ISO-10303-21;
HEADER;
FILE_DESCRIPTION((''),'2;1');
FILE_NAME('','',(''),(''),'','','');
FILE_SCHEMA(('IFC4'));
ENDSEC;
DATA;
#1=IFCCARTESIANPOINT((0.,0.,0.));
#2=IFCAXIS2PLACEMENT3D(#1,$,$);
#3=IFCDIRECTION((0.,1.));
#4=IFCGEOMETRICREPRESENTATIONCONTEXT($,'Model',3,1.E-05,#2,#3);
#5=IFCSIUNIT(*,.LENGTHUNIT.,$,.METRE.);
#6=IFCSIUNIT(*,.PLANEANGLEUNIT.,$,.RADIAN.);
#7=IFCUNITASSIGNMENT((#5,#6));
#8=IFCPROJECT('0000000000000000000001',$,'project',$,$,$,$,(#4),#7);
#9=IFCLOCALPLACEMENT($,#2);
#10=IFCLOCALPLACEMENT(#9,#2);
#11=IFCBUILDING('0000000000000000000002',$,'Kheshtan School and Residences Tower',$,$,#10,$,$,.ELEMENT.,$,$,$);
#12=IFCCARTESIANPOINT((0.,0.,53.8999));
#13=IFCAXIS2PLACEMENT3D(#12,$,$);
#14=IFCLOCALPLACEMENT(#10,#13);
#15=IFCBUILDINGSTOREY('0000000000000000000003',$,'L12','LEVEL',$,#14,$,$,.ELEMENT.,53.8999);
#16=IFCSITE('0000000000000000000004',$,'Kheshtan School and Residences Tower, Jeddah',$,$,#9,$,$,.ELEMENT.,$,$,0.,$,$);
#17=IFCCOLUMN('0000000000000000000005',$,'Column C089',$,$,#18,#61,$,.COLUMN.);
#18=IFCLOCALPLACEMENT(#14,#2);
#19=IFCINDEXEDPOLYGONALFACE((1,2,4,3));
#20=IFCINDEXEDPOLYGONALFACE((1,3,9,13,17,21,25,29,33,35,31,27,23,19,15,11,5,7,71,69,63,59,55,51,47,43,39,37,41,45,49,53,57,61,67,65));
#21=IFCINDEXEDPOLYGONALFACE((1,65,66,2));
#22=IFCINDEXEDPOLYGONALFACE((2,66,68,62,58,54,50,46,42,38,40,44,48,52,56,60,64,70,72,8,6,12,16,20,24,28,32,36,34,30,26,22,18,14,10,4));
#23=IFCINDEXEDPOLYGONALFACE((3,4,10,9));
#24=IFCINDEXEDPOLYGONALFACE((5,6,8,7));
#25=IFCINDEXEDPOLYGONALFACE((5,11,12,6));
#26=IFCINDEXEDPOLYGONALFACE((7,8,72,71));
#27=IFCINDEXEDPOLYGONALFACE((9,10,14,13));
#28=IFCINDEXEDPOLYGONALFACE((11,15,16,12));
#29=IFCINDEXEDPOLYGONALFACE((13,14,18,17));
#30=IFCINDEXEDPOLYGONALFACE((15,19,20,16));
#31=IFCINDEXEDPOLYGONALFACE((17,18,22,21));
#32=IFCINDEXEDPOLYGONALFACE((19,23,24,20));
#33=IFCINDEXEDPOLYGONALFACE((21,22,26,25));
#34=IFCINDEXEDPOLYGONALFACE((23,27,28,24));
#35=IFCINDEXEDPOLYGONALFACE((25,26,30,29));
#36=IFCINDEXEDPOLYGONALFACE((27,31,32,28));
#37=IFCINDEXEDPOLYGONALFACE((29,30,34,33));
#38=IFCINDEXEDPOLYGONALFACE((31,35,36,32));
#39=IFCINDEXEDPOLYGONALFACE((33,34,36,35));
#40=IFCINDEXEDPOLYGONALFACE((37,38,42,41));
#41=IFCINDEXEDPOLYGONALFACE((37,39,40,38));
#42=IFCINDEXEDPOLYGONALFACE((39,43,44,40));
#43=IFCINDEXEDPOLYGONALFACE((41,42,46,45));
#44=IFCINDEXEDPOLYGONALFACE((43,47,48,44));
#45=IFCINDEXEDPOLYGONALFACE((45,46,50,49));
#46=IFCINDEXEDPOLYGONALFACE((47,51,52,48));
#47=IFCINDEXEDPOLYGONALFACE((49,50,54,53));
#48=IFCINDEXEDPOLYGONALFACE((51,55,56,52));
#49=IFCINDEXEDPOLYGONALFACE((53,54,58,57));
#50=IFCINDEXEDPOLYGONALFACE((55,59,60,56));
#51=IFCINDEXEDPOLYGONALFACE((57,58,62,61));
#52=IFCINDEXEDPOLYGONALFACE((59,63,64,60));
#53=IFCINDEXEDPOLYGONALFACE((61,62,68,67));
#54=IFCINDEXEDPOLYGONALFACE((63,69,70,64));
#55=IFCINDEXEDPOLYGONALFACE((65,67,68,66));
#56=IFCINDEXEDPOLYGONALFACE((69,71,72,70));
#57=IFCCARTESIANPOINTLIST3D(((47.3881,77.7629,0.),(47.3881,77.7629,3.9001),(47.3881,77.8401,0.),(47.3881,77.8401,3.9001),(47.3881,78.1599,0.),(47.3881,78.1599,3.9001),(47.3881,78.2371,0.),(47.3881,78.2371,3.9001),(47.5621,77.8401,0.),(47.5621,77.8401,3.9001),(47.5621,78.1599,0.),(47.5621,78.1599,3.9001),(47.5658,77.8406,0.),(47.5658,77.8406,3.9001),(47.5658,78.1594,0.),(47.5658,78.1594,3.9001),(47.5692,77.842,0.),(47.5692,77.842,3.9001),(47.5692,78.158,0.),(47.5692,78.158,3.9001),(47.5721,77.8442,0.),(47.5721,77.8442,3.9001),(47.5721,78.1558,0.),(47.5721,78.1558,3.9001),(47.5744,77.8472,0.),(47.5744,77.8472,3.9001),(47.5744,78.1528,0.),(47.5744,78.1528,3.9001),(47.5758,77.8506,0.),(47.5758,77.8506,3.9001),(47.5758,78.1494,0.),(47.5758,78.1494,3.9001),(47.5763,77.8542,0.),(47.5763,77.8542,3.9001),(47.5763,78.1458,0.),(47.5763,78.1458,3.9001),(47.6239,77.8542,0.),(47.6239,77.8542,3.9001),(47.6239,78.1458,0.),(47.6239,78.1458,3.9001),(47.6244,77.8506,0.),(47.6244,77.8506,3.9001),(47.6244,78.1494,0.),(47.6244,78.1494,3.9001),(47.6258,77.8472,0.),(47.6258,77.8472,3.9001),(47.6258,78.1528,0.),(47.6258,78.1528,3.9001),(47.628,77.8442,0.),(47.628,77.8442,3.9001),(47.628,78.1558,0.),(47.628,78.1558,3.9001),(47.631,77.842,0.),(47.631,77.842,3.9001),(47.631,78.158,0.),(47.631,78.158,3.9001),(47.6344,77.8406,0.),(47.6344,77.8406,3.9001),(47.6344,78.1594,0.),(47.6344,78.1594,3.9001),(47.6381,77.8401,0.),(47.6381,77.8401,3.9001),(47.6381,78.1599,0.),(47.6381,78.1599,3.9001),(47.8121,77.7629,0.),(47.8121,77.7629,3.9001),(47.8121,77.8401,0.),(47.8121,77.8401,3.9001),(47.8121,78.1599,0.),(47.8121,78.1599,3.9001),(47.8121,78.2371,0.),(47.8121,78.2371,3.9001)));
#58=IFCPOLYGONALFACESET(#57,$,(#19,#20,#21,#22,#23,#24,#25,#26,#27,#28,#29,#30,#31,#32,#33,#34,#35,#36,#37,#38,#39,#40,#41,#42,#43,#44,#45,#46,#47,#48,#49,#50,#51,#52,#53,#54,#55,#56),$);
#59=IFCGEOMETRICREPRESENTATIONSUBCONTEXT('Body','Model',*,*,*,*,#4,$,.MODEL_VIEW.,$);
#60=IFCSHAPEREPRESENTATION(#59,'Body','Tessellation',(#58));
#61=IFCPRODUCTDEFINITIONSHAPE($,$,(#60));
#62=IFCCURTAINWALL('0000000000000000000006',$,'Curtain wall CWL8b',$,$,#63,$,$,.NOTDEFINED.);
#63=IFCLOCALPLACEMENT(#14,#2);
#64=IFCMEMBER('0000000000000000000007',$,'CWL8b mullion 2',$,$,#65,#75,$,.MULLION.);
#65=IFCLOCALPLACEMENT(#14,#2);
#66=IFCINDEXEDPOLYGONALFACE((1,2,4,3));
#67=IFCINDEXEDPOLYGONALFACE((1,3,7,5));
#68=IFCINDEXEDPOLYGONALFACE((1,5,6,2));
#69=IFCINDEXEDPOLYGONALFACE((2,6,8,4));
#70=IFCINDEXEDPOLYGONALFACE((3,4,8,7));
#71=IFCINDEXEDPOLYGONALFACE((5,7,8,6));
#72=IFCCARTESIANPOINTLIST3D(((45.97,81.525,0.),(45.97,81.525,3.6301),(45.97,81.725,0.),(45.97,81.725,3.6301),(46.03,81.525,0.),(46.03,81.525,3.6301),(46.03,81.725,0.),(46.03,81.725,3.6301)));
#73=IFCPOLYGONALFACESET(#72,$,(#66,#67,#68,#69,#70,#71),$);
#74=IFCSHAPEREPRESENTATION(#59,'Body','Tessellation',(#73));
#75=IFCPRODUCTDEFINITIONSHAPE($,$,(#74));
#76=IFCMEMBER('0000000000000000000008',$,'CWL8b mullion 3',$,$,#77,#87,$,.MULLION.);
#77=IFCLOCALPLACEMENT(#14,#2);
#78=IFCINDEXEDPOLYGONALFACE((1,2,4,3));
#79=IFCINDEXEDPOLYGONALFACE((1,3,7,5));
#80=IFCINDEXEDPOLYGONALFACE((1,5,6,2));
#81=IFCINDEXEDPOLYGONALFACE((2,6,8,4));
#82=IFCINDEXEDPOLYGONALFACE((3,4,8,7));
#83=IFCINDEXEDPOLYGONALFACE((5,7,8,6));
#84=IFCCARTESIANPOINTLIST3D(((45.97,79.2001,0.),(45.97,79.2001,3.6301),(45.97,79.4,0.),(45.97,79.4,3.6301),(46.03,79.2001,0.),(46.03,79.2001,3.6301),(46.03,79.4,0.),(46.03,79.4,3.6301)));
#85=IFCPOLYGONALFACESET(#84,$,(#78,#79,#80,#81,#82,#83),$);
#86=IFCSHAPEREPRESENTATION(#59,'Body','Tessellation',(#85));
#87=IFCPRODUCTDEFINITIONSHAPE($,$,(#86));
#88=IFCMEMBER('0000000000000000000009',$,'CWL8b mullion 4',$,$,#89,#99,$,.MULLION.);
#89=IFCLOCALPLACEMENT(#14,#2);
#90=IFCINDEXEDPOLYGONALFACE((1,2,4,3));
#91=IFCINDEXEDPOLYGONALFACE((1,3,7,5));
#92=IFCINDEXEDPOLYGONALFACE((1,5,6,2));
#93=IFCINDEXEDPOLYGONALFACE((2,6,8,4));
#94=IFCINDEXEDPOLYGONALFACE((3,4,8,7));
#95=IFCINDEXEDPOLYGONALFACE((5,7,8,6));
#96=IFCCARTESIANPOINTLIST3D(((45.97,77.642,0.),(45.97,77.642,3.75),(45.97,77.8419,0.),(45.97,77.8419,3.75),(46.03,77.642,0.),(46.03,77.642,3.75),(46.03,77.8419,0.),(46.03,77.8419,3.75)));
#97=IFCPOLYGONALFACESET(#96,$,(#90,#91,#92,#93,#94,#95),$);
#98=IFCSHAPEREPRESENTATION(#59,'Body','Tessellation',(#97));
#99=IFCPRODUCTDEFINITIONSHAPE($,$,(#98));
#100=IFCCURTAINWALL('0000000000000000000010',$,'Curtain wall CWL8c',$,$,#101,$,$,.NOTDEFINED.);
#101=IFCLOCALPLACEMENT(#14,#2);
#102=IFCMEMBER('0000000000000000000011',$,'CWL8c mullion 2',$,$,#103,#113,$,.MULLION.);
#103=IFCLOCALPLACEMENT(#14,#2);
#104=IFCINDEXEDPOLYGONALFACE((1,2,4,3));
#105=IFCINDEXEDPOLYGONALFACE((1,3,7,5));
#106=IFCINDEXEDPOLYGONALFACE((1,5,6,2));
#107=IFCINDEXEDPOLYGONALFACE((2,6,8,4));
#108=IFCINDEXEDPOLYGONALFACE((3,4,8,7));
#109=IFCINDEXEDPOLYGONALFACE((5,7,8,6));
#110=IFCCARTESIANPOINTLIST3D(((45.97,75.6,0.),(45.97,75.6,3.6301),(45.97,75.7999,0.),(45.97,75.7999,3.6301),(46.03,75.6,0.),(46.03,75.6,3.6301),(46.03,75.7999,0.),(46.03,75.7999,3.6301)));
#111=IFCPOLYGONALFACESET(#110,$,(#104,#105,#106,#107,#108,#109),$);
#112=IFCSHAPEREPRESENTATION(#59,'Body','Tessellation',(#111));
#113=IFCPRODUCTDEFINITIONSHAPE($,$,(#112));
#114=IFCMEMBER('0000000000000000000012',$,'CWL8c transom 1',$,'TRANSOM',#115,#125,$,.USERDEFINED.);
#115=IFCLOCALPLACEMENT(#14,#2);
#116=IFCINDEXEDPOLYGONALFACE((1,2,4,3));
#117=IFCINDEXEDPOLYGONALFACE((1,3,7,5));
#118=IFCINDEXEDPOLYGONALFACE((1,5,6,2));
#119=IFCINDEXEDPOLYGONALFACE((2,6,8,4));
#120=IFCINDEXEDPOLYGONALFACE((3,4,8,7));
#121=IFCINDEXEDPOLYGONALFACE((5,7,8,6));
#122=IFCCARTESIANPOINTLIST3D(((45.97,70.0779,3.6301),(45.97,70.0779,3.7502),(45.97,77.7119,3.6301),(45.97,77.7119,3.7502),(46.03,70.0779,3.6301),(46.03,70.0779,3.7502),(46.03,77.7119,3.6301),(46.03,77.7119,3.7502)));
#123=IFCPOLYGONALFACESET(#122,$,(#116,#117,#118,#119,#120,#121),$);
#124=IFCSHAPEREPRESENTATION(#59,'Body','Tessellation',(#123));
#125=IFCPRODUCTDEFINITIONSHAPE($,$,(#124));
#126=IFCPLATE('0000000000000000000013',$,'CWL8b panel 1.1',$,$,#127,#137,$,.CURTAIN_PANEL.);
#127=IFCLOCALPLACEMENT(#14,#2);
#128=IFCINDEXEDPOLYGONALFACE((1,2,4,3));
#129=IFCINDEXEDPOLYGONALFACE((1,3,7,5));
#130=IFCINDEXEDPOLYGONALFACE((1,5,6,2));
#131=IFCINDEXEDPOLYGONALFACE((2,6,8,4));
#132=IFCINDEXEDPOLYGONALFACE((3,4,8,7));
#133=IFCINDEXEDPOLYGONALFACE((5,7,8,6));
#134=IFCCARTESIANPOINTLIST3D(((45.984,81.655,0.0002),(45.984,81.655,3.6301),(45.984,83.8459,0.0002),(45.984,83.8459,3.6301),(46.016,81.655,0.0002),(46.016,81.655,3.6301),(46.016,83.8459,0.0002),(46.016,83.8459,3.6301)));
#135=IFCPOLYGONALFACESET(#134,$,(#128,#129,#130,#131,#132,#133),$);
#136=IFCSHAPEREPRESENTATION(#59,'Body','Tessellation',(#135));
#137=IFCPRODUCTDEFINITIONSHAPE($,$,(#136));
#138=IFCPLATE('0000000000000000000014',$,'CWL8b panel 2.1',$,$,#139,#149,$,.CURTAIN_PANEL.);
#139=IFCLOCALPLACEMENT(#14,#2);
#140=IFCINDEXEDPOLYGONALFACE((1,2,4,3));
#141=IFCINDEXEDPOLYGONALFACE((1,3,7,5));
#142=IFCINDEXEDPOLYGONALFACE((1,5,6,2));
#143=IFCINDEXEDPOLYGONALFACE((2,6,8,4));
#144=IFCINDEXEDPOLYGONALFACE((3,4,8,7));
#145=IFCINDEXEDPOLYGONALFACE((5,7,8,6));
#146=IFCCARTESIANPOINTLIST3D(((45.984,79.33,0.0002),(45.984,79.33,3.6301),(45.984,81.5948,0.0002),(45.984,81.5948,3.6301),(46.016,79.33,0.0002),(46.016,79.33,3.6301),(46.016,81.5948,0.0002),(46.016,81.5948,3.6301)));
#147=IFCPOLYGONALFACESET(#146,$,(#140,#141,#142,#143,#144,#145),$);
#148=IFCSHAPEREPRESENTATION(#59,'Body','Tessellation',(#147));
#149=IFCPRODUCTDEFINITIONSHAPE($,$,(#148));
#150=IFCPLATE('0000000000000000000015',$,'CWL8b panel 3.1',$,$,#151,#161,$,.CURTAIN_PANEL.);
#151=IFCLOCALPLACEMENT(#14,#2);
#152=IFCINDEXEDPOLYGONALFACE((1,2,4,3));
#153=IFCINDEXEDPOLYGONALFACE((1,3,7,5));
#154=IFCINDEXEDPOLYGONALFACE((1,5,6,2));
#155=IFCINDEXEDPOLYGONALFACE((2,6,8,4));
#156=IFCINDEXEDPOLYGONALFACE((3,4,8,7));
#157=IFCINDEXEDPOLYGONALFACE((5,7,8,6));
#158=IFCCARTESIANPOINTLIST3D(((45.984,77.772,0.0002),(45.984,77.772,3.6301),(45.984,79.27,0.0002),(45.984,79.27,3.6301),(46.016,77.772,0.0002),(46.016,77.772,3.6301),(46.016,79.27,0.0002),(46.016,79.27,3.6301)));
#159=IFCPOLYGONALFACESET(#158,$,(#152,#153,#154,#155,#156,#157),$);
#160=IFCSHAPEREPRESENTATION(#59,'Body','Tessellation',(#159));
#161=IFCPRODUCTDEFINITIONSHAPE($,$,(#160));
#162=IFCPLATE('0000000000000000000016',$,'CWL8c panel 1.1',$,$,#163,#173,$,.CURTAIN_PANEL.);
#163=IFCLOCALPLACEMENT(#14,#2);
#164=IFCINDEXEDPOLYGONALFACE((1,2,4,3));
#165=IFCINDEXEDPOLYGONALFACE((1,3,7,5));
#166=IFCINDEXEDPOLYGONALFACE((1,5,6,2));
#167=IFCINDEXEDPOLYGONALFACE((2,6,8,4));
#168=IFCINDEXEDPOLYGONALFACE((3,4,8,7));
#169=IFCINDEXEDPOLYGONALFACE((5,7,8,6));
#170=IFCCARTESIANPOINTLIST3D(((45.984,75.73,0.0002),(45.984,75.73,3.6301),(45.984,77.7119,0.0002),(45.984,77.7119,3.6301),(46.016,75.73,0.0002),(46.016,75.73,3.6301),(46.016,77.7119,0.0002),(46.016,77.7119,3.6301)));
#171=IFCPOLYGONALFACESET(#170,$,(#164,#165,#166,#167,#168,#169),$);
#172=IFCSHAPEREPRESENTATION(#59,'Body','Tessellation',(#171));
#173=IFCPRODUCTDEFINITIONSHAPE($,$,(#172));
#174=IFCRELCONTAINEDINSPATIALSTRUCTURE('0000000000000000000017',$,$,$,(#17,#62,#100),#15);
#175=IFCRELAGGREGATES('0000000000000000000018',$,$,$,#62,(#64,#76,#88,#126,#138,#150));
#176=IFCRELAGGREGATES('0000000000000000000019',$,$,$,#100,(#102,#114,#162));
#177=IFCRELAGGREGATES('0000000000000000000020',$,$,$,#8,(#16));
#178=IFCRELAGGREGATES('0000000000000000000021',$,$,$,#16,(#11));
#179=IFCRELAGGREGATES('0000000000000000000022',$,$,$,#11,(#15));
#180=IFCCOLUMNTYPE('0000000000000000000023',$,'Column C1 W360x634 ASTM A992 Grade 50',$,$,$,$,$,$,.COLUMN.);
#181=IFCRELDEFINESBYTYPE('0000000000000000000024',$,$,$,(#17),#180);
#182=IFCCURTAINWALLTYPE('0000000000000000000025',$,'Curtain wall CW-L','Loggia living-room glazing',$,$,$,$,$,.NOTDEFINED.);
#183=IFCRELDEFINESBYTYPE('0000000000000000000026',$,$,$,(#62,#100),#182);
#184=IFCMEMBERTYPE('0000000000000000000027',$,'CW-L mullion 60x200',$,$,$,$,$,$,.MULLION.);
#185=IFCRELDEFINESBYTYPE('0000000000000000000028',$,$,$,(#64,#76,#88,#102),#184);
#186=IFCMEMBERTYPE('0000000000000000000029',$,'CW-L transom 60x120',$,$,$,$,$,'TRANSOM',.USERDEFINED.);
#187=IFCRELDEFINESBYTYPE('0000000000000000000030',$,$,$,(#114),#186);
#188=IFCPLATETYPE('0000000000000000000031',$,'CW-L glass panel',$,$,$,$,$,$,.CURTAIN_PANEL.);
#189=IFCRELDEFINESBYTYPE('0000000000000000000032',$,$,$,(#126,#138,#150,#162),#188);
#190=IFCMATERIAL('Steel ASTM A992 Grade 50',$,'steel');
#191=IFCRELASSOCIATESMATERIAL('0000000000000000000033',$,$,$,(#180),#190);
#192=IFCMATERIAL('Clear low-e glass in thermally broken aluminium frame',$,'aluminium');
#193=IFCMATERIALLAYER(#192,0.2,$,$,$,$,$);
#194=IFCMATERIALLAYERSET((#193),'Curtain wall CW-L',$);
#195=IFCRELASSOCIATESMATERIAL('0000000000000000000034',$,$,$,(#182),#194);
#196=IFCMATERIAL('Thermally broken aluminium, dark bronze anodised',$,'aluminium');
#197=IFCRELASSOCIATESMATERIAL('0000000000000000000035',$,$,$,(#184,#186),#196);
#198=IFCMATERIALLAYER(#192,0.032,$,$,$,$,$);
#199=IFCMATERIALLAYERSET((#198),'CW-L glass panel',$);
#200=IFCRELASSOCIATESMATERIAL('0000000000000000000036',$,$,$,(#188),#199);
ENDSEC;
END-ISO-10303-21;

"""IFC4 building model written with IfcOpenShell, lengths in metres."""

from ifc_helpers import new_model, si_unit, direction, frame, origin, origin_2d, place, context, subcontext, project, spatial, rectangle, i_section, extrude, material, layer, layer_set, material_profile, profile_set, type_object, element, aggregate, save


model = new_model("IFC4")

# Units and contexts
model_context = context("Model", 3, precision=1e-05, world=origin(), true_north=direction((0.0, 1.0)))
body_context = subcontext(model_context, "Body", "Model", "MODEL_VIEW")
ifc_project = project(units=[si_unit("LENGTHUNIT", "METRE"), si_unit("PLANEANGLEUNIT", "RADIAN")], contexts=[model_context])

# Site, building, storey
site_placement = place(None, origin())
site = spatial("IfcSite", under=ifc_project, at=site_placement, Name="Kheshtan School and Residences Tower, Jeddah", CompositionType="ELEMENT", RefElevation=0.0)
building_placement = place(site_placement, origin())
building = spatial("IfcBuilding", under=site, at=building_placement, Name="Kheshtan School and Residences Tower", CompositionType="ELEMENT")
storey_placement = place(building_placement, frame((0.0, 0.0, 53.8999)))
storey = spatial("IfcBuildingStorey", under=building, at=storey_placement, Name="L12", Description="LEVEL", CompositionType="ELEMENT", Elevation=53.8999)

# Column
ifc_material_1 = material(Name="Steel ASTM A992 Grade 50", Category="steel")
ifc_material_profile_1 = material_profile(ifc_material_1, i_section(OverallWidth=0.4241, OverallDepth=0.4741, WebThickness=0.0476, FlangeThickness=0.0771, FilletRadius=0.0142, at=origin_2d()), Name="W360x634")
ifc_profile_set_1 = profile_set([ifc_material_profile_1], Name="Steel ASTM A992 Grade 50")
column_type = type_object("IfcColumnType", Name="Column C1 W360x634 ASTM A992 Grade 50", PredefinedType="COLUMN", material=ifc_profile_set_1)
column_placement = place(storey_placement, frame((47.6001, 78.0, 0.0), z_axis=(0.0, 0.0, 1.0), x_axis=(1.0, 0.0, 0.0)))
element("IfcColumn", 1, at=column_placement, inside=storey, type_object=column_type, Name="Column C089", PredefinedType="COLUMN", context=body_context, shape_type="SweptSolid", body=[
    extrude(i_section(OverallWidth=0.4241, OverallDepth=0.4741, WebThickness=0.0476, FlangeThickness=0.0771, FilletRadius=0.0142, at=origin_2d()), origin(), (0.0, 0.0, 1.0), 3.9001),
])

# Curtain walls, members
ifc_material_2 = material(Name="Clear low-e glass in thermally broken aluminium frame", Category="aluminium")
ifc_layer_1 = layer(ifc_material_2, 0.2)
ifc_layer_set_1 = layer_set([ifc_layer_1], Name="Curtain wall CW-L")
curtain_wall_type = type_object("IfcCurtainWallType", Name="Curtain wall CW-L", Description="Loggia living-room glazing", PredefinedType="NOTDEFINED", material=ifc_layer_set_1)
curtain_wall_1_placement = place(storey_placement, origin())
curtain_wall_1 = element("IfcCurtainWall", 2, at=curtain_wall_1_placement, inside=storey, type_object=curtain_wall_type, Name="Curtain wall CWL8b", PredefinedType="NOTDEFINED")
ifc_material_3 = material(Name="Thermally broken aluminium, dark bronze anodised", Category="aluminium")
ifc_material_profile_2 = material_profile(ifc_material_3, rectangle(XDim=0.0601, YDim=0.2, at=origin_2d()), Name="CW-L mullion 60x200")
ifc_profile_set_2 = profile_set([ifc_material_profile_2], Name="Thermally broken aluminium, dark bronze anodised")
member_type_1 = type_object("IfcMemberType", Name="CW-L mullion 60x200", PredefinedType="MULLION", material=ifc_profile_set_2)
member_1_placement = place(storey_placement, frame((46.0, 81.625, 0.0), z_axis=(0.0, 0.0, 1.0), x_axis=(1.0, 0.0, 0.0)))
member_1 = element("IfcMember", 3, at=member_1_placement, type_object=member_type_1, Name="CWL8b mullion 2", PredefinedType="MULLION", context=body_context, shape_type="SweptSolid", body=[
    extrude(rectangle(XDim=0.0601, YDim=0.2, at=origin_2d()), origin(), (0.0, 0.0, 1.0), 3.6301),
])
member_2_placement = place(storey_placement, frame((46.0, 79.3, 0.0), z_axis=(0.0, 0.0, 1.0), x_axis=(1.0, 0.0, 0.0)))
member_2 = element("IfcMember", 4, at=member_2_placement, type_object=member_type_1, Name="CWL8b mullion 3", PredefinedType="MULLION", context=body_context, shape_type="SweptSolid", body=[
    extrude(rectangle(XDim=0.0601, YDim=0.2, at=origin_2d()), origin(), (0.0, 0.0, 1.0), 3.6301),
])
member_3_placement = place(storey_placement, frame((46.0, 77.7419, 0.0), z_axis=(0.0, 0.0, 1.0), x_axis=(1.0, 0.0, 0.0)))
member_3 = element("IfcMember", 5, at=member_3_placement, type_object=member_type_1, Name="CWL8b mullion 4", PredefinedType="MULLION", context=body_context, shape_type="SweptSolid", body=[
    extrude(rectangle(XDim=0.0601, YDim=0.2, at=origin_2d()), origin(), (0.0, 0.0, 1.0), 3.75),
])
curtain_wall_2_placement = place(storey_placement, origin())
curtain_wall_2 = element("IfcCurtainWall", 6, at=curtain_wall_2_placement, inside=storey, type_object=curtain_wall_type, Name="Curtain wall CWL8c", PredefinedType="NOTDEFINED")
member_4_placement = place(storey_placement, frame((46.0, 75.7, 0.0), z_axis=(0.0, 0.0, 1.0), x_axis=(1.0, 0.0, 0.0)))
member_4 = element("IfcMember", 7, at=member_4_placement, type_object=member_type_1, Name="CWL8c mullion 2", PredefinedType="MULLION", context=body_context, shape_type="SweptSolid", body=[
    extrude(rectangle(XDim=0.0601, YDim=0.2, at=origin_2d()), origin(), (0.0, 0.0, 1.0), 3.6301),
])
ifc_material_profile_3 = material_profile(ifc_material_3, rectangle(XDim=0.0601, YDim=0.1201, at=origin_2d()), Name="CW-L transom 60x120")
ifc_profile_set_3 = profile_set([ifc_material_profile_3], Name="Thermally broken aluminium, dark bronze anodised")
member_type_2 = type_object("IfcMemberType", Name="CW-L transom 60x120", ElementType="TRANSOM", PredefinedType="USERDEFINED", material=ifc_profile_set_3)
member_5_placement = place(storey_placement, frame((46.0, 77.7119, 3.6902), z_axis=(0.0, -1.0, 0.0), x_axis=(1.0, 0.0, 0.0)))
member_5 = element("IfcMember", 8, at=member_5_placement, type_object=member_type_2, Name="CWL8c transom 1", ObjectType="TRANSOM", PredefinedType="USERDEFINED", context=body_context, shape_type="SweptSolid", body=[
    extrude(rectangle(XDim=0.0601, YDim=0.1201, at=origin_2d()), origin(), (0.0, 0.0, 1.0), 7.634),
])

# Plates
ifc_layer_2 = layer(ifc_material_2, 0.032)
ifc_layer_set_2 = layer_set([ifc_layer_2], Name="CW-L glass panel")
plate_type = type_object("IfcPlateType", Name="CW-L glass panel", PredefinedType="CURTAIN_PANEL", material=ifc_layer_set_2)
plate_1_placement = place(storey_placement, frame((46.0, 82.7505, 0.0002), z_axis=(0.0, 0.0, 1.0), x_axis=(0.0, -1.0, 0.0)))
plate_1 = element("IfcPlate", 9, at=plate_1_placement, type_object=plate_type, Name="CWL8b panel 1.1", PredefinedType="CURTAIN_PANEL", context=body_context, shape_type="SweptSolid", body=[
    extrude(rectangle(XDim=2.1909, YDim=0.032, at=origin_2d()), origin(), (0.0, 0.0, 1.0), 3.6299),
])
plate_2_placement = place(storey_placement, frame((46.0, 80.4624, 0.0002), z_axis=(0.0, 0.0, 1.0), x_axis=(0.0, -1.0, 0.0)))
plate_2 = element("IfcPlate", 10, at=plate_2_placement, type_object=plate_type, Name="CWL8b panel 2.1", PredefinedType="CURTAIN_PANEL", context=body_context, shape_type="SweptSolid", body=[
    extrude(rectangle(XDim=2.2649, YDim=0.032, at=origin_2d()), origin(), (0.0, 0.0, 1.0), 3.6299),
])
plate_3_placement = place(storey_placement, frame((46.0, 78.521, 0.0002), z_axis=(0.0, 0.0, 1.0), x_axis=(0.0, -1.0, 0.0)))
plate_3 = element("IfcPlate", 11, at=plate_3_placement, type_object=plate_type, Name="CWL8b panel 3.1", PredefinedType="CURTAIN_PANEL", context=body_context, shape_type="SweptSolid", body=[
    extrude(rectangle(XDim=1.498, YDim=0.032, at=origin_2d()), origin(), (0.0, 0.0, 1.0), 3.6299),
])
aggregate(curtain_wall_1, [member_1, member_2, member_3, plate_1, plate_2, plate_3])
plate_4_placement = place(storey_placement, frame((46.0, 76.7209, 0.0002), z_axis=(0.0, 0.0, 1.0), x_axis=(0.0, -1.0, 0.0)))
plate_4 = element("IfcPlate", 12, at=plate_4_placement, type_object=plate_type, Name="CWL8c panel 1.1", PredefinedType="CURTAIN_PANEL", context=body_context, shape_type="SweptSolid", body=[
    extrude(rectangle(XDim=1.9819, YDim=0.032, at=origin_2d()), origin(), (0.0, 0.0, 1.0), 3.6299),
])
aggregate(curtain_wall_2, [member_4, member_5, plate_4])

save(model, "model.ifc")
